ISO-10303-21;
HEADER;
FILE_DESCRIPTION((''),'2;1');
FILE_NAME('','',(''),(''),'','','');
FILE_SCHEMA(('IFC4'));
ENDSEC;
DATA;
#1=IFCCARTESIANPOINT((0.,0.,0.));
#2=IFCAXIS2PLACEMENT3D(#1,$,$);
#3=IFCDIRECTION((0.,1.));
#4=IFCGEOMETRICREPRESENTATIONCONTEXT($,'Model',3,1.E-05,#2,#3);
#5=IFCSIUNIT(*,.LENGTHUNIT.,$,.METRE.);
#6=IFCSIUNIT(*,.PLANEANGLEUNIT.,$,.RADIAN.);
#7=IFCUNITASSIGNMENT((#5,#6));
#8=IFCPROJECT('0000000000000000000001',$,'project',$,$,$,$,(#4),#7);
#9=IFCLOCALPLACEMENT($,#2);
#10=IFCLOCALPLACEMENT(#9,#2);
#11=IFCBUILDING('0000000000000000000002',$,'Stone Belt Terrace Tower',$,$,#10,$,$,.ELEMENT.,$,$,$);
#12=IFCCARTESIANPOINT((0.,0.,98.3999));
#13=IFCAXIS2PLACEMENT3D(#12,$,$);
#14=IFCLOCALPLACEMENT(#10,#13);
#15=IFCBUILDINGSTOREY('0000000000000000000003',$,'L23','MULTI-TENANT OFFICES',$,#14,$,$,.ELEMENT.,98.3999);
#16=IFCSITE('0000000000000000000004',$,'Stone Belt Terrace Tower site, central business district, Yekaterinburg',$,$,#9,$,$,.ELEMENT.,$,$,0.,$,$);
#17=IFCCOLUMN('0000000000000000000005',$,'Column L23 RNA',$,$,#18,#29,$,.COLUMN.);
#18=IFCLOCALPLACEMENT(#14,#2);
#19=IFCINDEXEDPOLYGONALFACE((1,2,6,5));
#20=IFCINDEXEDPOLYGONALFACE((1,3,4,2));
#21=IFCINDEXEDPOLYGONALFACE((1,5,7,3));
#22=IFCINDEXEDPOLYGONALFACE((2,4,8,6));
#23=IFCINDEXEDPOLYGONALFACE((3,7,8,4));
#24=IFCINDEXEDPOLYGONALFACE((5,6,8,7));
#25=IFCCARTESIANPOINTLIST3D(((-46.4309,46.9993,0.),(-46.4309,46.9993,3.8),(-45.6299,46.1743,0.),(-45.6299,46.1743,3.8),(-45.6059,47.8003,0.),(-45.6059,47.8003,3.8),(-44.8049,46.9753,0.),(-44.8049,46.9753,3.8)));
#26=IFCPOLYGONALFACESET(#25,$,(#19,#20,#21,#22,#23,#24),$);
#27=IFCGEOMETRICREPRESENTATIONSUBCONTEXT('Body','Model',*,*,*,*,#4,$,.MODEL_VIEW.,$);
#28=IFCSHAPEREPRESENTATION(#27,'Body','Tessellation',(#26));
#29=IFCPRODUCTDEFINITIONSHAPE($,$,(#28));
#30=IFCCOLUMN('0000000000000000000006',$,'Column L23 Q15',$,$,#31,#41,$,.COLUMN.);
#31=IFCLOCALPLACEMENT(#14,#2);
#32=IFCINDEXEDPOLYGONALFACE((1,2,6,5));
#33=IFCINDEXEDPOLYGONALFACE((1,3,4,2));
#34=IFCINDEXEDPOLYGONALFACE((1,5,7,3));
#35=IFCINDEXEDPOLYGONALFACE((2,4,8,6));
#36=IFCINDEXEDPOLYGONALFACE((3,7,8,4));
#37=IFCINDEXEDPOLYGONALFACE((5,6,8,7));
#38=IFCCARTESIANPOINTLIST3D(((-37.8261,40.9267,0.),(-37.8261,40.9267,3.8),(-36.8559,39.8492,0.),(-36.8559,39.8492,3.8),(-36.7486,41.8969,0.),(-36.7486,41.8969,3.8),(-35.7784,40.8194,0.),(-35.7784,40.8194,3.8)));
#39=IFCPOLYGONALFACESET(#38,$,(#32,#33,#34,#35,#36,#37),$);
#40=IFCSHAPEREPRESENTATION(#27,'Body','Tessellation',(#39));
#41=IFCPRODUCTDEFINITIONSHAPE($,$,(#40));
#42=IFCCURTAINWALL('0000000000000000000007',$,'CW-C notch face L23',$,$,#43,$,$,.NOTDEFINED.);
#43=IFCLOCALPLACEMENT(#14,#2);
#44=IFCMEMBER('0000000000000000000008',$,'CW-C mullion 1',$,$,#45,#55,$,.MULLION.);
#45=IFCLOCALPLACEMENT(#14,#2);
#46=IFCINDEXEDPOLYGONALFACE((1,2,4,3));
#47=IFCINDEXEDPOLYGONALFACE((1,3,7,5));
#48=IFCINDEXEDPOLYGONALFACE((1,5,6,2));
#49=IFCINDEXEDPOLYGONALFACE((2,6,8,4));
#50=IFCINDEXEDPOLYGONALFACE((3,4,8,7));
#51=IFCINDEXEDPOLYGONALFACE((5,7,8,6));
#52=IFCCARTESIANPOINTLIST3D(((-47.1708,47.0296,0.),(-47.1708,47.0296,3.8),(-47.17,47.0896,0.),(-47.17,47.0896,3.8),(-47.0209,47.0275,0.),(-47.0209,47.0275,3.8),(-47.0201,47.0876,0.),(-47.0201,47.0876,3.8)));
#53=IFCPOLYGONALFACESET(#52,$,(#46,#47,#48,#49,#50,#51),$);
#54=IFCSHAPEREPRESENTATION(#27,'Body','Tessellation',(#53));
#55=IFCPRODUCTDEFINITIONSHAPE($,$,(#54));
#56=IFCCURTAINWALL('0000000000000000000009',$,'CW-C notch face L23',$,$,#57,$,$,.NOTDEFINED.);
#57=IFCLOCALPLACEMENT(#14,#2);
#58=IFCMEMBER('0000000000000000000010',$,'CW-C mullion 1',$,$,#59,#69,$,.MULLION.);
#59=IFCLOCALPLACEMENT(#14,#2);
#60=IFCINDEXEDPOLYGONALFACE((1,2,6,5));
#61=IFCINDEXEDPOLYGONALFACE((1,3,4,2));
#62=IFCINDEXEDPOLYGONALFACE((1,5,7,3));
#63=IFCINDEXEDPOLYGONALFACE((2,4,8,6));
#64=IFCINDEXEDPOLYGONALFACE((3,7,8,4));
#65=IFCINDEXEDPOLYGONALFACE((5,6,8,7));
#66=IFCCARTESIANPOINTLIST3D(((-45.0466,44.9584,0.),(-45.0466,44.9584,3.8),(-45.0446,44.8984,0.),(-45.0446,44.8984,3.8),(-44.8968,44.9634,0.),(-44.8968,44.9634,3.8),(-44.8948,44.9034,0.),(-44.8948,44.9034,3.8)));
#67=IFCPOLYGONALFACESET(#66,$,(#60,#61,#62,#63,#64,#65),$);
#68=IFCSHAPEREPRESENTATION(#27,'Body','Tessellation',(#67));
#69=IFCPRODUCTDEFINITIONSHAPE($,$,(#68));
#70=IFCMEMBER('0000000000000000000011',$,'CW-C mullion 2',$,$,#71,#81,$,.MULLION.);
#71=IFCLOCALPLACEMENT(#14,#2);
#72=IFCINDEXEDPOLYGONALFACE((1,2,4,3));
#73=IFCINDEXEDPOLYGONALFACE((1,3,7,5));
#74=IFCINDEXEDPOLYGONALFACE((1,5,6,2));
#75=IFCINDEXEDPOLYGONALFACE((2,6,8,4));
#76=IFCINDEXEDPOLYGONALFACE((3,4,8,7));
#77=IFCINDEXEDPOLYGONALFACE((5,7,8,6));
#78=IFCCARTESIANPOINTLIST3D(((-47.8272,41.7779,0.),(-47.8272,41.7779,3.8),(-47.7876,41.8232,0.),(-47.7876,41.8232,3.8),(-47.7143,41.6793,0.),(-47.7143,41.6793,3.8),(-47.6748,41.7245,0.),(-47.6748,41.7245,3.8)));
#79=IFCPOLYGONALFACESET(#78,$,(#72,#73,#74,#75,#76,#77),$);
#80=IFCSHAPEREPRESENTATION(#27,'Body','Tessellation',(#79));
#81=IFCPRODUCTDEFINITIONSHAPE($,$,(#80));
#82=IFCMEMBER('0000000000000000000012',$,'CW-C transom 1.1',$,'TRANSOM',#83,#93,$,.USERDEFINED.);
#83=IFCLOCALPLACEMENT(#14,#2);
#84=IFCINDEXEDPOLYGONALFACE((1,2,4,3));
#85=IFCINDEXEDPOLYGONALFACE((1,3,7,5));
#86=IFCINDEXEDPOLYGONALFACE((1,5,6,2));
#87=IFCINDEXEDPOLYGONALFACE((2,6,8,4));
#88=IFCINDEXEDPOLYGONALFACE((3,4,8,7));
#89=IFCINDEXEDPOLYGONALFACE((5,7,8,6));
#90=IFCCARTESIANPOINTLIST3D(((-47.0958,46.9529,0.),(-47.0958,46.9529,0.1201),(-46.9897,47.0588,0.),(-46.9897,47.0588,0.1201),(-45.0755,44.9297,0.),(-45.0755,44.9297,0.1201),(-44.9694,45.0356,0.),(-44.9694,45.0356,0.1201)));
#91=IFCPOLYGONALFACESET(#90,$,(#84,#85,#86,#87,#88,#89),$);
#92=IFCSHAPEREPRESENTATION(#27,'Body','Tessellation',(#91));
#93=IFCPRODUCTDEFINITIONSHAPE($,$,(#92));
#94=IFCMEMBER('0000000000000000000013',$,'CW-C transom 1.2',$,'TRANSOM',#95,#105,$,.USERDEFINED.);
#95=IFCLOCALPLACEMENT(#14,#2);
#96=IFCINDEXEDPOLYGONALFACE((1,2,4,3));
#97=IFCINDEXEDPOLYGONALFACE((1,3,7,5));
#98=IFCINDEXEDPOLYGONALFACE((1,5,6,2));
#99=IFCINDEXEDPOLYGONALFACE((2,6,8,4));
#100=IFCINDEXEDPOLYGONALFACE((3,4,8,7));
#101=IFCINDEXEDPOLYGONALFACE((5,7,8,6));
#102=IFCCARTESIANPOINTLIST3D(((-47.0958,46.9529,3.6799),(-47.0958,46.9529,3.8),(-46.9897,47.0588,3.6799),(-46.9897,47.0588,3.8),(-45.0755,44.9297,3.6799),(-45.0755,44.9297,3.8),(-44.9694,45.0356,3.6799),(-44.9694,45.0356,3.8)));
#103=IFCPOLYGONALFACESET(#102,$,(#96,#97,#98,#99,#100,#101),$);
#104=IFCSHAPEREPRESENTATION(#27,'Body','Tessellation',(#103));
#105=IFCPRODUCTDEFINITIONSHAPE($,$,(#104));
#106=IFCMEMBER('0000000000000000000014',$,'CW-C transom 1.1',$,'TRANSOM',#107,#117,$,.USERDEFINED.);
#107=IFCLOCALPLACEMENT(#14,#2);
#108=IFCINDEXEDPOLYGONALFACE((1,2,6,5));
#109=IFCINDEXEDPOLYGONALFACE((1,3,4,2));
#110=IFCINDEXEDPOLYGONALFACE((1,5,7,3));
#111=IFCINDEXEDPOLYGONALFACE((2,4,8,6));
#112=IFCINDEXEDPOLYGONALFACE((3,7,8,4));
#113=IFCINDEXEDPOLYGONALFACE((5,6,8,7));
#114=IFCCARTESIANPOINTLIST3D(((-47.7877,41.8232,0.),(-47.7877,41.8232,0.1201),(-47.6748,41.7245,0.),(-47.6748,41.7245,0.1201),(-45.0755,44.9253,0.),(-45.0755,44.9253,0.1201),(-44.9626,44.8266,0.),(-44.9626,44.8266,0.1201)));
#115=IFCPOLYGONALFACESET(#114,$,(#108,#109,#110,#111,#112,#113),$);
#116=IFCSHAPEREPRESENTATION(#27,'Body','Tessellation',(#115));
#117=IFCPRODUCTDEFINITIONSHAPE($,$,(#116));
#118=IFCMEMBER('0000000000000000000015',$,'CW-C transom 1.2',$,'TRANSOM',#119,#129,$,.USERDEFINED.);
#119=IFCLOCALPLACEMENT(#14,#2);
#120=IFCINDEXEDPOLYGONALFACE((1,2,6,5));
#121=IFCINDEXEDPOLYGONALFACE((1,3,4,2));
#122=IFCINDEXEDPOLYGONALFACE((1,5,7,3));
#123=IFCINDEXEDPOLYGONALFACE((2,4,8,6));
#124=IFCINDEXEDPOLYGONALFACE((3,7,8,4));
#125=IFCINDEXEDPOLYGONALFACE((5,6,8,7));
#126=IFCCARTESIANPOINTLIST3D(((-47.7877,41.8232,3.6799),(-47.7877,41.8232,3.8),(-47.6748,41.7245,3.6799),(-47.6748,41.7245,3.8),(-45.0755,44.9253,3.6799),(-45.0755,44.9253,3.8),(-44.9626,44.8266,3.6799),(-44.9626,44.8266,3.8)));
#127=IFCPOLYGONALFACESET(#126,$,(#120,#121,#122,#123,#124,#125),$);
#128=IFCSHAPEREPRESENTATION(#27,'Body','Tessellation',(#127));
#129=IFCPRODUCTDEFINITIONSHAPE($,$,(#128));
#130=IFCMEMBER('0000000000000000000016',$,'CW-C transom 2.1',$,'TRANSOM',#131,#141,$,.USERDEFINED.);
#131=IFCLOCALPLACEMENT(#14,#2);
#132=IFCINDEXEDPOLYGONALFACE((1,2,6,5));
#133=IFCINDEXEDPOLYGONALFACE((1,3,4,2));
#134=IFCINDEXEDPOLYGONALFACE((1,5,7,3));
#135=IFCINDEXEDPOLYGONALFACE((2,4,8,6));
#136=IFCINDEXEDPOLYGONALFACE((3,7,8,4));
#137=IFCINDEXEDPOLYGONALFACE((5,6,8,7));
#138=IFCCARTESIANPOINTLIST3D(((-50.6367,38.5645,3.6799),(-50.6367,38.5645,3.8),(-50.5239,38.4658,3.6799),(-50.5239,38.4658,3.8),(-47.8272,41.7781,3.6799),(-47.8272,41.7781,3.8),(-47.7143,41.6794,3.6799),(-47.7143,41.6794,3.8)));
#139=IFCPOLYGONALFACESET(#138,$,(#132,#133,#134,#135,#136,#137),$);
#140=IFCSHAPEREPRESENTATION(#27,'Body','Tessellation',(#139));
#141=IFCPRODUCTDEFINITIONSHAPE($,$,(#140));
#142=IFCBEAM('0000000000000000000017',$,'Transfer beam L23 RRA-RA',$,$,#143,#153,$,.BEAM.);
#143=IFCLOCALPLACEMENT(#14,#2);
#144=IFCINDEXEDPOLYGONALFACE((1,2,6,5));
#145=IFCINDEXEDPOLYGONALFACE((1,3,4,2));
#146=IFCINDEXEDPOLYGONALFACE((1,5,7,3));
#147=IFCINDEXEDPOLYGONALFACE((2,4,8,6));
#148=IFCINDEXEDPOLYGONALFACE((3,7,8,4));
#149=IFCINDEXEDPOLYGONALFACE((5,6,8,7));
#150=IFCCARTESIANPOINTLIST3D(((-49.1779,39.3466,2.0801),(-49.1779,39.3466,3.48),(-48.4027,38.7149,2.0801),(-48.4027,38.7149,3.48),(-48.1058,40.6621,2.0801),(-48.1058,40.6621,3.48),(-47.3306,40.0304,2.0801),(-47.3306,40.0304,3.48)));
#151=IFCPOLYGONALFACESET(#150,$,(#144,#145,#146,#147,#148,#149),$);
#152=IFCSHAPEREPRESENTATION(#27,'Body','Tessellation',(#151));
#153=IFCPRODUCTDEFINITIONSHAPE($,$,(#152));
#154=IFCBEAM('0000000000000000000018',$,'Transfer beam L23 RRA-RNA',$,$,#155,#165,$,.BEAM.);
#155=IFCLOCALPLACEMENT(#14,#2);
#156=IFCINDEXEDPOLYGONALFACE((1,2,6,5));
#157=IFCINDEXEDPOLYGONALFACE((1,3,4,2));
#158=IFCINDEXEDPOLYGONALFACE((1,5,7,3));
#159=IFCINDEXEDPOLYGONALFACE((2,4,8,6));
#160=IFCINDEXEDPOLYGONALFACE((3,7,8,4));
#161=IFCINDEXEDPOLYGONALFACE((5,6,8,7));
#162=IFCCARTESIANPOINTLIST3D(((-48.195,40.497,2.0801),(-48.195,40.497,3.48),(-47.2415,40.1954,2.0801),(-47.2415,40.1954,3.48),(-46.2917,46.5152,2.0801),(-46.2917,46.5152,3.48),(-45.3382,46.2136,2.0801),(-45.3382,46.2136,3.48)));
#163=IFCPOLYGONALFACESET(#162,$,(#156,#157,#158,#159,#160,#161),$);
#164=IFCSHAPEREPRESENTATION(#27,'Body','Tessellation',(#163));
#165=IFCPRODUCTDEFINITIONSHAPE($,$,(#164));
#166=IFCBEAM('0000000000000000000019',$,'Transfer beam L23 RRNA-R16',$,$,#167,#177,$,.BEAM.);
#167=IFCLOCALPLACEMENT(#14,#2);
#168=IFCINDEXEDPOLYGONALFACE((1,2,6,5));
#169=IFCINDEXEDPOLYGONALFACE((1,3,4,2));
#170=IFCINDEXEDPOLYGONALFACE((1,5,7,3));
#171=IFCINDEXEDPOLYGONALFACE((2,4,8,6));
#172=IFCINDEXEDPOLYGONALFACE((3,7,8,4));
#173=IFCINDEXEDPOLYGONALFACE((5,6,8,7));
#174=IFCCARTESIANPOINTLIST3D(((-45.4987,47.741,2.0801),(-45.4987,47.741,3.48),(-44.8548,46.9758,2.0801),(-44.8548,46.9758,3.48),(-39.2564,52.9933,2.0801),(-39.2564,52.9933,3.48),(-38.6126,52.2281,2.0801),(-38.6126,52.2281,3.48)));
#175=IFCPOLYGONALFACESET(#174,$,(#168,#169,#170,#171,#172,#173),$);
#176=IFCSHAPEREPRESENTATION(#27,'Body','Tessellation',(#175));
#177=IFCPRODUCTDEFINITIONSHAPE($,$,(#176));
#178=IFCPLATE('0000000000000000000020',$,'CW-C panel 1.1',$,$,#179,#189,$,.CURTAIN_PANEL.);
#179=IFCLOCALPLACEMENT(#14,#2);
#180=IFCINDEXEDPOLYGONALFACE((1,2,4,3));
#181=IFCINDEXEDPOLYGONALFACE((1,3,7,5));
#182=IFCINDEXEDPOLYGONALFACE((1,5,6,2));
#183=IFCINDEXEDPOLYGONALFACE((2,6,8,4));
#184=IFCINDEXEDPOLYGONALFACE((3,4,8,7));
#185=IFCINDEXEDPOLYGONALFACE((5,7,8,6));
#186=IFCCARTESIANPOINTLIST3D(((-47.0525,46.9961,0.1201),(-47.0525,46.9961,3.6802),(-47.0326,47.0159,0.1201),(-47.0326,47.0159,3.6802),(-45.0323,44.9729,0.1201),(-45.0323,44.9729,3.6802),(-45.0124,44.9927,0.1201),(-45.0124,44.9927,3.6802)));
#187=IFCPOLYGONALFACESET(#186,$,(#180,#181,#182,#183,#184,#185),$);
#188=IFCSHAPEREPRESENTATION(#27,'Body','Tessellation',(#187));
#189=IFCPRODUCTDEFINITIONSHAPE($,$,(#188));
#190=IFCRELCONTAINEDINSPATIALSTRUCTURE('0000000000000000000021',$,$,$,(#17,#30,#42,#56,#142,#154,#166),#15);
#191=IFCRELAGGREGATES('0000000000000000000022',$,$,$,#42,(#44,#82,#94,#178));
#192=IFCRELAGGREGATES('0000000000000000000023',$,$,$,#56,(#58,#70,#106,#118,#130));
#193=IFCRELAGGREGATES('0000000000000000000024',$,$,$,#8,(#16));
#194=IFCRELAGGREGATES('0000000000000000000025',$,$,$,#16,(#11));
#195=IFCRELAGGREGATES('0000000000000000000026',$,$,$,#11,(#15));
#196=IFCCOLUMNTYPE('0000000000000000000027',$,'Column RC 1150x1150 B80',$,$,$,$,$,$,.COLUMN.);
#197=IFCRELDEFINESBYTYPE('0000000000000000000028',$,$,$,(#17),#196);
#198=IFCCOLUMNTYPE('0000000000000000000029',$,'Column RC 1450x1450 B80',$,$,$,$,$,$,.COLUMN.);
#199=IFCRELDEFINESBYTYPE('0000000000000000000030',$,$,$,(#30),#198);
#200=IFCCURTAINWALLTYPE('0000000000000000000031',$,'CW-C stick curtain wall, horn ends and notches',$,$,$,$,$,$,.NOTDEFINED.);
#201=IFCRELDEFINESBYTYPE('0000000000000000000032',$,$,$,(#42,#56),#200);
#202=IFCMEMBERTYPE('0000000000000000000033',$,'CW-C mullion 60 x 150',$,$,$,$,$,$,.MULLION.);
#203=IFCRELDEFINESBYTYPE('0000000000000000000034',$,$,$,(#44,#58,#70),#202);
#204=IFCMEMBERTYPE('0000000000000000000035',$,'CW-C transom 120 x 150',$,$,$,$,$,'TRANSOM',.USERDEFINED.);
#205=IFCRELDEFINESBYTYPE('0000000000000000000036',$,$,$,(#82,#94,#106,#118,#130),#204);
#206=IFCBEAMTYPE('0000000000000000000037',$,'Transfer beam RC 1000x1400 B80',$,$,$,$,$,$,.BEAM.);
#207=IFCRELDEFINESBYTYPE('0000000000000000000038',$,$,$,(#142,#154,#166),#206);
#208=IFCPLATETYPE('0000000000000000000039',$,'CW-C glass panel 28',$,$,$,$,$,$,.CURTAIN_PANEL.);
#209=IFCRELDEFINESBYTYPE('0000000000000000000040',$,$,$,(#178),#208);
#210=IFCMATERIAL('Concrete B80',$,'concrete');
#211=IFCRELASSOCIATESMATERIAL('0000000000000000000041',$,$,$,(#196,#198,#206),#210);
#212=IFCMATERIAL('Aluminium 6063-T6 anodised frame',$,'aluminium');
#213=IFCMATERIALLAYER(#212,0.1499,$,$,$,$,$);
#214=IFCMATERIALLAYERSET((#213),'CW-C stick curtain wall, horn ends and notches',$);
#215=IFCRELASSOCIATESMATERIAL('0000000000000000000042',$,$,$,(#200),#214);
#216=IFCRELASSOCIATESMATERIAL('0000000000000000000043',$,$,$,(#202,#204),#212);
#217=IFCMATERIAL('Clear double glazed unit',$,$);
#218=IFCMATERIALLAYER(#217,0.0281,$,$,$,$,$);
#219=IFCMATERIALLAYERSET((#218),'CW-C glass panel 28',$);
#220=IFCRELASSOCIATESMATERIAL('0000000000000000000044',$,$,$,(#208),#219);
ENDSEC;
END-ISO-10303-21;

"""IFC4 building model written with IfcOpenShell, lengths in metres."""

from ifc_helpers import new_model, si_unit, direction, frame, origin, origin_2d, place, context, subcontext, project, spatial, rectangle, extrude, material, layer, layer_set, material_profile, profile_set, type_object, element, aggregate, save


model = new_model("IFC4")

# Units and contexts
model_context = context("Model", 3, precision=1e-05, world=origin(), true_north=direction((0.0, 1.0)))
body_context = subcontext(model_context, "Body", "Model", "MODEL_VIEW")
ifc_project = project(units=[si_unit("LENGTHUNIT", "METRE"), si_unit("PLANEANGLEUNIT", "RADIAN")], contexts=[model_context])

# Site, building, storey
site_placement = place(None, origin())
site = spatial("IfcSite", under=ifc_project, at=site_placement, Name="Stone Belt Terrace Tower site, central business district, Yekaterinburg", CompositionType="ELEMENT", RefElevation=0.0)
building_placement = place(site_placement, origin())
building = spatial("IfcBuilding", under=site, at=building_placement, Name="Stone Belt Terrace Tower", CompositionType="ELEMENT")
storey_placement = place(building_placement, frame((0.0, 0.0, 98.3999)))
storey = spatial("IfcBuildingStorey", under=building, at=storey_placement, Name="L23", Description="MULTI-TENANT OFFICES", CompositionType="ELEMENT", Elevation=98.3999)

# Columns
ifc_material_1 = material(Name="Concrete B80", Category="concrete")
ifc_material_profile_1 = material_profile(ifc_material_1, rectangle(XDim=1.1499, YDim=1.1499, at=origin_2d()), Name="RC 1150x1150")
ifc_profile_set_1 = profile_set([ifc_material_profile_1], Name="Concrete B80")
column_type_1 = type_object("IfcColumnType", Name="Column RC 1150x1150 B80", PredefinedType="COLUMN", material=ifc_profile_set_1)
column_1_placement = place(storey_placement, frame((-45.6179, 46.9873, 0.0), z_axis=(0.0, 0.0, 1.0), x_axis=(0.717483, 0.696576, 0.0)))
element("IfcColumn", 1, at=column_1_placement, inside=storey, type_object=column_type_1, Name="Column L23 RNA", PredefinedType="COLUMN", context=body_context, shape_type="SweptSolid", body=[
    extrude(rectangle(XDim=1.1499, YDim=1.1499, at=origin_2d()), origin(), (0.0, 0.0, 1.0), 3.8),
])
ifc_material_profile_2 = material_profile(ifc_material_1, rectangle(XDim=1.45, YDim=1.45, at=origin_2d()), Name="RC 1450x1450")
ifc_profile_set_2 = profile_set([ifc_material_profile_2], Name="Concrete B80")
column_type_2 = type_object("IfcColumnType", Name="Column RC 1450x1450 B80", PredefinedType="COLUMN", material=ifc_profile_set_2)
column_2_placement = place(storey_placement, frame((-36.8022, 40.873, 0.0), z_axis=(0.0, 0.0, 1.0), x_axis=(0.743145, 0.669131, 0.0)))
element("IfcColumn", 2, at=column_2_placement, inside=storey, type_object=column_type_2, Name="Column L23 Q15", PredefinedType="COLUMN", context=body_context, shape_type="SweptSolid", body=[
    extrude(rectangle(XDim=1.45, YDim=1.45, at=origin_2d()), origin(), (0.0, 0.0, 1.0), 3.8),
])

# Curtain wall, member
ifc_material_2 = material(Name="Aluminium 6063-T6 anodised frame", Category="aluminium")
ifc_layer_1 = layer(ifc_material_2, 0.1499)
ifc_layer_set_1 = layer_set([ifc_layer_1], Name="CW-C stick curtain wall, horn ends and notches")
curtain_wall_type = type_object("IfcCurtainWallType", Name="CW-C stick curtain wall, horn ends and notches", PredefinedType="NOTDEFINED", material=ifc_layer_set_1)
curtain_wall_1_placement = place(storey_placement, origin())
curtain_wall_1 = element("IfcCurtainWall", 3, at=curtain_wall_1_placement, inside=storey, type_object=curtain_wall_type, Name="CW-C notch face L23", PredefinedType="NOTDEFINED")
ifc_material_profile_3 = material_profile(ifc_material_2, rectangle(XDim=0.1499, YDim=0.0601, at=origin_2d()), Name="Aluminium 6063-T6 60x150")
ifc_profile_set_3 = profile_set([ifc_material_profile_3], Name="Aluminium 6063-T6 anodised frame")
member_type_1 = type_object("IfcMemberType", Name="CW-C mullion 60 x 150", PredefinedType="MULLION", material=ifc_profile_set_3)
member_1_placement = place(storey_placement, frame((-47.0955, 47.0586, 0.0), z_axis=(0.0, 0.0, 1.0), x_axis=(0.999907, -0.013642, 0.0)))
member_1 = element("IfcMember", 4, at=member_1_placement, type_object=member_type_1, Name="CW-C mullion 1", PredefinedType="MULLION", context=body_context, shape_type="SweptSolid", body=[
    extrude(rectangle(XDim=0.1499, YDim=0.0601, at=origin_2d()), origin(), (0.0, 0.0, 1.0), 3.8),
])

# Curtain wall, members
curtain_wall_2_placement = place(storey_placement, origin())
curtain_wall_2 = element("IfcCurtainWall", 5, at=curtain_wall_2_placement, inside=storey, type_object=curtain_wall_type, Name="CW-C notch face L23", PredefinedType="NOTDEFINED")
member_2_placement = place(storey_placement, frame((-44.9707, 44.9309, 0.0), z_axis=(0.0, 0.0, 1.0), x_axis=(0.999452, 0.033092, 0.0)))
member_2 = element("IfcMember", 6, at=member_2_placement, type_object=member_type_1, Name="CW-C mullion 1", PredefinedType="MULLION", context=body_context, shape_type="SweptSolid", body=[
    extrude(rectangle(XDim=0.1499, YDim=0.0601, at=origin_2d()), origin(), (0.0, 0.0, 1.0), 3.8),
])
member_3_placement = place(storey_placement, frame((-47.751, 41.7512, 0.0), z_axis=(0.0, 0.0, 1.0), x_axis=(0.752817, -0.65823, 0.0)))
member_3 = element("IfcMember", 7, at=member_3_placement, type_object=member_type_1, Name="CW-C mullion 2", PredefinedType="MULLION", context=body_context, shape_type="SweptSolid", body=[
    extrude(rectangle(XDim=0.1499, YDim=0.0601, at=origin_2d()), origin(), (0.0, 0.0, 1.0), 3.8),
])

# Members
ifc_material_profile_4 = material_profile(ifc_material_2, rectangle(XDim=0.1499, YDim=0.1201, at=origin_2d()), Name="Aluminium 6063-T6 150x120")
ifc_profile_set_4 = profile_set([ifc_material_profile_4], Name="Aluminium 6063-T6 anodised frame")
member_type_2 = type_object("IfcMemberType", Name="CW-C transom 120 x 150", ElementType="TRANSOM", PredefinedType="USERDEFINED", material=ifc_profile_set_4)
member_4_placement = place(storey_placement, frame((-47.0427, 47.0059, 0.0601), z_axis=(0.706594, -0.707619, 0.0), x_axis=(0.707619, 0.706594, 0.0)))
member_4 = element("IfcMember", 8, at=member_4_placement, type_object=member_type_2, Name="CW-C transom 1.1", ObjectType="TRANSOM", PredefinedType="USERDEFINED", context=body_context, shape_type="SweptSolid", body=[
    extrude(rectangle(XDim=0.1499, YDim=0.1201, at=origin_2d()), origin(), (0.0, 0.0, 1.0), 2.8591),
])
member_5_placement = place(storey_placement, frame((-47.0427, 47.0059, 3.74), z_axis=(0.706594, -0.707619, 0.0), x_axis=(0.707619, 0.706594, 0.0)))
member_5 = element("IfcMember", 9, at=member_5_placement, type_object=member_type_2, Name="CW-C transom 1.2", ObjectType="TRANSOM", PredefinedType="USERDEFINED", context=body_context, shape_type="SweptSolid", body=[
    extrude(rectangle(XDim=0.1499, YDim=0.1201, at=origin_2d()), origin(), (0.0, 0.0, 1.0), 2.8591),
])
member_6_placement = place(storey_placement, frame((-45.019, 44.876, 0.0601), z_axis=(-0.658211, -0.752834, 0.0), x_axis=(0.752834, -0.658211, 0.0)))
member_6 = element("IfcMember", 10, at=member_6_placement, type_object=member_type_2, Name="CW-C transom 1.1", ObjectType="TRANSOM", PredefinedType="USERDEFINED", context=body_context, shape_type="SweptSolid", body=[
    extrude(rectangle(XDim=0.1499, YDim=0.1201, at=origin_2d()), origin(), (0.0, 0.0, 1.0), 4.1206),
])
member_7_placement = place(storey_placement, frame((-45.019, 44.876, 3.74), z_axis=(-0.658211, -0.752834, 0.0), x_axis=(0.752834, -0.658211, 0.0)))
member_7 = element("IfcMember", 11, at=member_7_placement, type_object=member_type_2, Name="CW-C transom 1.2", ObjectType="TRANSOM", PredefinedType="USERDEFINED", context=body_context, shape_type="SweptSolid", body=[
    extrude(rectangle(XDim=0.1499, YDim=0.1201, at=origin_2d()), origin(), (0.0, 0.0, 1.0), 4.1206),
])
member_8_placement = place(storey_placement, frame((-47.7708, 41.7288, 3.74), z_axis=(-0.658193, -0.752849, 0.0), x_axis=(0.752849, -0.658193, 0.0)))
member_8 = element("IfcMember", 12, at=member_8_placement, type_object=member_type_2, Name="CW-C transom 2.1", ObjectType="TRANSOM", PredefinedType="USERDEFINED", context=body_context, shape_type="SweptSolid", body=[
    extrude(rectangle(XDim=0.1499, YDim=0.1201, at=origin_2d()), origin(), (0.0, 0.0, 1.0), 4.2686),
])

# Beams
ifc_material_profile_5 = material_profile(ifc_material_1, rectangle(XDim=1.0, YDim=1.3999, at=origin_2d()), Name="RC 1000x1400")
ifc_profile_set_5 = profile_set([ifc_material_profile_5], Name="Concrete B80")
beam_type = type_object("IfcBeamType", Name="Transfer beam RC 1000x1400 B80", PredefinedType="BEAM", material=ifc_profile_set_5)
beam_1_placement = place(storey_placement, frame((-48.7903, 39.0308, 2.78), z_axis=(0.63174, 0.77518, 0.0), x_axis=(-0.77518, 0.63174, 0.0)))
element("IfcBeam", 13, at=beam_1_placement, inside=storey, type_object=beam_type, Name="Transfer beam L23 RRA-RA", PredefinedType="BEAM", context=body_context, shape_type="SweptSolid", body=[
    extrude(rectangle(XDim=1.0, YDim=1.3999, at=origin_2d()), origin(), (0.0, 0.0, 1.0), 1.697),
])
beam_2_placement = place(storey_placement, frame((-47.7183, 40.3462, 2.78), z_axis=(0.301535, 0.953455, 0.0), x_axis=(-0.953455, 0.301535, 0.0)))
element("IfcBeam", 14, at=beam_2_placement, inside=storey, type_object=beam_type, Name="Transfer beam L23 RRA-RNA", PredefinedType="BEAM", context=body_context, shape_type="SweptSolid", body=[
    extrude(rectangle(XDim=1.0, YDim=1.3999, at=origin_2d()), origin(), (0.0, 0.0, 1.0), 6.312),
])
beam_3_placement = place(storey_placement, frame((-45.1768, 47.3584, 2.78), z_axis=(0.765176, 0.643821, 0.0), x_axis=(-0.643821, 0.765176, 0.0)))
element("IfcBeam", 15, at=beam_3_placement, inside=storey, type_object=beam_type, Name="Transfer beam L23 RRNA-R16", PredefinedType="BEAM", context=body_context, shape_type="SweptSolid", body=[
    extrude(rectangle(XDim=1.0, YDim=1.3999, at=origin_2d()), origin(), (0.0, 0.0, 1.0), 8.158),
])

# Plate
ifc_material_3 = material(Name="Clear double glazed unit")
ifc_layer_2 = layer(ifc_material_3, 0.0281)
ifc_layer_set_2 = layer_set([ifc_layer_2], Name="CW-C glass panel 28")
plate_type_1 = type_object("IfcPlateType", Name="CW-C glass panel 28", PredefinedType="CURTAIN_PANEL", material=ifc_layer_set_2)
plate_1_placement = place(storey_placement, frame((-46.0325, 45.9944, 0.1201), z_axis=(0.0, 0.0, 1.0), x_axis=(0.706586, -0.707627, 0.0)))
plate_1 = element("IfcPlate", 16, at=plate_1_placement, type_object=plate_type_1, Name="CW-C panel 1.1", PredefinedType="CURTAIN_PANEL", context=body_context, shape_type="SweptSolid", body=[
    extrude(rectangle(XDim=2.8591, YDim=0.0281, at=origin_2d()), origin(), (0.0, 0.0, 1.0), 3.5601),
])
aggregate(curtain_wall_1, [member_1, member_4, member_5, plate_1])
aggregate(curtain_wall_2, [member_2, member_3, member_6, member_7, member_8])

save(model, "model.ifc")
